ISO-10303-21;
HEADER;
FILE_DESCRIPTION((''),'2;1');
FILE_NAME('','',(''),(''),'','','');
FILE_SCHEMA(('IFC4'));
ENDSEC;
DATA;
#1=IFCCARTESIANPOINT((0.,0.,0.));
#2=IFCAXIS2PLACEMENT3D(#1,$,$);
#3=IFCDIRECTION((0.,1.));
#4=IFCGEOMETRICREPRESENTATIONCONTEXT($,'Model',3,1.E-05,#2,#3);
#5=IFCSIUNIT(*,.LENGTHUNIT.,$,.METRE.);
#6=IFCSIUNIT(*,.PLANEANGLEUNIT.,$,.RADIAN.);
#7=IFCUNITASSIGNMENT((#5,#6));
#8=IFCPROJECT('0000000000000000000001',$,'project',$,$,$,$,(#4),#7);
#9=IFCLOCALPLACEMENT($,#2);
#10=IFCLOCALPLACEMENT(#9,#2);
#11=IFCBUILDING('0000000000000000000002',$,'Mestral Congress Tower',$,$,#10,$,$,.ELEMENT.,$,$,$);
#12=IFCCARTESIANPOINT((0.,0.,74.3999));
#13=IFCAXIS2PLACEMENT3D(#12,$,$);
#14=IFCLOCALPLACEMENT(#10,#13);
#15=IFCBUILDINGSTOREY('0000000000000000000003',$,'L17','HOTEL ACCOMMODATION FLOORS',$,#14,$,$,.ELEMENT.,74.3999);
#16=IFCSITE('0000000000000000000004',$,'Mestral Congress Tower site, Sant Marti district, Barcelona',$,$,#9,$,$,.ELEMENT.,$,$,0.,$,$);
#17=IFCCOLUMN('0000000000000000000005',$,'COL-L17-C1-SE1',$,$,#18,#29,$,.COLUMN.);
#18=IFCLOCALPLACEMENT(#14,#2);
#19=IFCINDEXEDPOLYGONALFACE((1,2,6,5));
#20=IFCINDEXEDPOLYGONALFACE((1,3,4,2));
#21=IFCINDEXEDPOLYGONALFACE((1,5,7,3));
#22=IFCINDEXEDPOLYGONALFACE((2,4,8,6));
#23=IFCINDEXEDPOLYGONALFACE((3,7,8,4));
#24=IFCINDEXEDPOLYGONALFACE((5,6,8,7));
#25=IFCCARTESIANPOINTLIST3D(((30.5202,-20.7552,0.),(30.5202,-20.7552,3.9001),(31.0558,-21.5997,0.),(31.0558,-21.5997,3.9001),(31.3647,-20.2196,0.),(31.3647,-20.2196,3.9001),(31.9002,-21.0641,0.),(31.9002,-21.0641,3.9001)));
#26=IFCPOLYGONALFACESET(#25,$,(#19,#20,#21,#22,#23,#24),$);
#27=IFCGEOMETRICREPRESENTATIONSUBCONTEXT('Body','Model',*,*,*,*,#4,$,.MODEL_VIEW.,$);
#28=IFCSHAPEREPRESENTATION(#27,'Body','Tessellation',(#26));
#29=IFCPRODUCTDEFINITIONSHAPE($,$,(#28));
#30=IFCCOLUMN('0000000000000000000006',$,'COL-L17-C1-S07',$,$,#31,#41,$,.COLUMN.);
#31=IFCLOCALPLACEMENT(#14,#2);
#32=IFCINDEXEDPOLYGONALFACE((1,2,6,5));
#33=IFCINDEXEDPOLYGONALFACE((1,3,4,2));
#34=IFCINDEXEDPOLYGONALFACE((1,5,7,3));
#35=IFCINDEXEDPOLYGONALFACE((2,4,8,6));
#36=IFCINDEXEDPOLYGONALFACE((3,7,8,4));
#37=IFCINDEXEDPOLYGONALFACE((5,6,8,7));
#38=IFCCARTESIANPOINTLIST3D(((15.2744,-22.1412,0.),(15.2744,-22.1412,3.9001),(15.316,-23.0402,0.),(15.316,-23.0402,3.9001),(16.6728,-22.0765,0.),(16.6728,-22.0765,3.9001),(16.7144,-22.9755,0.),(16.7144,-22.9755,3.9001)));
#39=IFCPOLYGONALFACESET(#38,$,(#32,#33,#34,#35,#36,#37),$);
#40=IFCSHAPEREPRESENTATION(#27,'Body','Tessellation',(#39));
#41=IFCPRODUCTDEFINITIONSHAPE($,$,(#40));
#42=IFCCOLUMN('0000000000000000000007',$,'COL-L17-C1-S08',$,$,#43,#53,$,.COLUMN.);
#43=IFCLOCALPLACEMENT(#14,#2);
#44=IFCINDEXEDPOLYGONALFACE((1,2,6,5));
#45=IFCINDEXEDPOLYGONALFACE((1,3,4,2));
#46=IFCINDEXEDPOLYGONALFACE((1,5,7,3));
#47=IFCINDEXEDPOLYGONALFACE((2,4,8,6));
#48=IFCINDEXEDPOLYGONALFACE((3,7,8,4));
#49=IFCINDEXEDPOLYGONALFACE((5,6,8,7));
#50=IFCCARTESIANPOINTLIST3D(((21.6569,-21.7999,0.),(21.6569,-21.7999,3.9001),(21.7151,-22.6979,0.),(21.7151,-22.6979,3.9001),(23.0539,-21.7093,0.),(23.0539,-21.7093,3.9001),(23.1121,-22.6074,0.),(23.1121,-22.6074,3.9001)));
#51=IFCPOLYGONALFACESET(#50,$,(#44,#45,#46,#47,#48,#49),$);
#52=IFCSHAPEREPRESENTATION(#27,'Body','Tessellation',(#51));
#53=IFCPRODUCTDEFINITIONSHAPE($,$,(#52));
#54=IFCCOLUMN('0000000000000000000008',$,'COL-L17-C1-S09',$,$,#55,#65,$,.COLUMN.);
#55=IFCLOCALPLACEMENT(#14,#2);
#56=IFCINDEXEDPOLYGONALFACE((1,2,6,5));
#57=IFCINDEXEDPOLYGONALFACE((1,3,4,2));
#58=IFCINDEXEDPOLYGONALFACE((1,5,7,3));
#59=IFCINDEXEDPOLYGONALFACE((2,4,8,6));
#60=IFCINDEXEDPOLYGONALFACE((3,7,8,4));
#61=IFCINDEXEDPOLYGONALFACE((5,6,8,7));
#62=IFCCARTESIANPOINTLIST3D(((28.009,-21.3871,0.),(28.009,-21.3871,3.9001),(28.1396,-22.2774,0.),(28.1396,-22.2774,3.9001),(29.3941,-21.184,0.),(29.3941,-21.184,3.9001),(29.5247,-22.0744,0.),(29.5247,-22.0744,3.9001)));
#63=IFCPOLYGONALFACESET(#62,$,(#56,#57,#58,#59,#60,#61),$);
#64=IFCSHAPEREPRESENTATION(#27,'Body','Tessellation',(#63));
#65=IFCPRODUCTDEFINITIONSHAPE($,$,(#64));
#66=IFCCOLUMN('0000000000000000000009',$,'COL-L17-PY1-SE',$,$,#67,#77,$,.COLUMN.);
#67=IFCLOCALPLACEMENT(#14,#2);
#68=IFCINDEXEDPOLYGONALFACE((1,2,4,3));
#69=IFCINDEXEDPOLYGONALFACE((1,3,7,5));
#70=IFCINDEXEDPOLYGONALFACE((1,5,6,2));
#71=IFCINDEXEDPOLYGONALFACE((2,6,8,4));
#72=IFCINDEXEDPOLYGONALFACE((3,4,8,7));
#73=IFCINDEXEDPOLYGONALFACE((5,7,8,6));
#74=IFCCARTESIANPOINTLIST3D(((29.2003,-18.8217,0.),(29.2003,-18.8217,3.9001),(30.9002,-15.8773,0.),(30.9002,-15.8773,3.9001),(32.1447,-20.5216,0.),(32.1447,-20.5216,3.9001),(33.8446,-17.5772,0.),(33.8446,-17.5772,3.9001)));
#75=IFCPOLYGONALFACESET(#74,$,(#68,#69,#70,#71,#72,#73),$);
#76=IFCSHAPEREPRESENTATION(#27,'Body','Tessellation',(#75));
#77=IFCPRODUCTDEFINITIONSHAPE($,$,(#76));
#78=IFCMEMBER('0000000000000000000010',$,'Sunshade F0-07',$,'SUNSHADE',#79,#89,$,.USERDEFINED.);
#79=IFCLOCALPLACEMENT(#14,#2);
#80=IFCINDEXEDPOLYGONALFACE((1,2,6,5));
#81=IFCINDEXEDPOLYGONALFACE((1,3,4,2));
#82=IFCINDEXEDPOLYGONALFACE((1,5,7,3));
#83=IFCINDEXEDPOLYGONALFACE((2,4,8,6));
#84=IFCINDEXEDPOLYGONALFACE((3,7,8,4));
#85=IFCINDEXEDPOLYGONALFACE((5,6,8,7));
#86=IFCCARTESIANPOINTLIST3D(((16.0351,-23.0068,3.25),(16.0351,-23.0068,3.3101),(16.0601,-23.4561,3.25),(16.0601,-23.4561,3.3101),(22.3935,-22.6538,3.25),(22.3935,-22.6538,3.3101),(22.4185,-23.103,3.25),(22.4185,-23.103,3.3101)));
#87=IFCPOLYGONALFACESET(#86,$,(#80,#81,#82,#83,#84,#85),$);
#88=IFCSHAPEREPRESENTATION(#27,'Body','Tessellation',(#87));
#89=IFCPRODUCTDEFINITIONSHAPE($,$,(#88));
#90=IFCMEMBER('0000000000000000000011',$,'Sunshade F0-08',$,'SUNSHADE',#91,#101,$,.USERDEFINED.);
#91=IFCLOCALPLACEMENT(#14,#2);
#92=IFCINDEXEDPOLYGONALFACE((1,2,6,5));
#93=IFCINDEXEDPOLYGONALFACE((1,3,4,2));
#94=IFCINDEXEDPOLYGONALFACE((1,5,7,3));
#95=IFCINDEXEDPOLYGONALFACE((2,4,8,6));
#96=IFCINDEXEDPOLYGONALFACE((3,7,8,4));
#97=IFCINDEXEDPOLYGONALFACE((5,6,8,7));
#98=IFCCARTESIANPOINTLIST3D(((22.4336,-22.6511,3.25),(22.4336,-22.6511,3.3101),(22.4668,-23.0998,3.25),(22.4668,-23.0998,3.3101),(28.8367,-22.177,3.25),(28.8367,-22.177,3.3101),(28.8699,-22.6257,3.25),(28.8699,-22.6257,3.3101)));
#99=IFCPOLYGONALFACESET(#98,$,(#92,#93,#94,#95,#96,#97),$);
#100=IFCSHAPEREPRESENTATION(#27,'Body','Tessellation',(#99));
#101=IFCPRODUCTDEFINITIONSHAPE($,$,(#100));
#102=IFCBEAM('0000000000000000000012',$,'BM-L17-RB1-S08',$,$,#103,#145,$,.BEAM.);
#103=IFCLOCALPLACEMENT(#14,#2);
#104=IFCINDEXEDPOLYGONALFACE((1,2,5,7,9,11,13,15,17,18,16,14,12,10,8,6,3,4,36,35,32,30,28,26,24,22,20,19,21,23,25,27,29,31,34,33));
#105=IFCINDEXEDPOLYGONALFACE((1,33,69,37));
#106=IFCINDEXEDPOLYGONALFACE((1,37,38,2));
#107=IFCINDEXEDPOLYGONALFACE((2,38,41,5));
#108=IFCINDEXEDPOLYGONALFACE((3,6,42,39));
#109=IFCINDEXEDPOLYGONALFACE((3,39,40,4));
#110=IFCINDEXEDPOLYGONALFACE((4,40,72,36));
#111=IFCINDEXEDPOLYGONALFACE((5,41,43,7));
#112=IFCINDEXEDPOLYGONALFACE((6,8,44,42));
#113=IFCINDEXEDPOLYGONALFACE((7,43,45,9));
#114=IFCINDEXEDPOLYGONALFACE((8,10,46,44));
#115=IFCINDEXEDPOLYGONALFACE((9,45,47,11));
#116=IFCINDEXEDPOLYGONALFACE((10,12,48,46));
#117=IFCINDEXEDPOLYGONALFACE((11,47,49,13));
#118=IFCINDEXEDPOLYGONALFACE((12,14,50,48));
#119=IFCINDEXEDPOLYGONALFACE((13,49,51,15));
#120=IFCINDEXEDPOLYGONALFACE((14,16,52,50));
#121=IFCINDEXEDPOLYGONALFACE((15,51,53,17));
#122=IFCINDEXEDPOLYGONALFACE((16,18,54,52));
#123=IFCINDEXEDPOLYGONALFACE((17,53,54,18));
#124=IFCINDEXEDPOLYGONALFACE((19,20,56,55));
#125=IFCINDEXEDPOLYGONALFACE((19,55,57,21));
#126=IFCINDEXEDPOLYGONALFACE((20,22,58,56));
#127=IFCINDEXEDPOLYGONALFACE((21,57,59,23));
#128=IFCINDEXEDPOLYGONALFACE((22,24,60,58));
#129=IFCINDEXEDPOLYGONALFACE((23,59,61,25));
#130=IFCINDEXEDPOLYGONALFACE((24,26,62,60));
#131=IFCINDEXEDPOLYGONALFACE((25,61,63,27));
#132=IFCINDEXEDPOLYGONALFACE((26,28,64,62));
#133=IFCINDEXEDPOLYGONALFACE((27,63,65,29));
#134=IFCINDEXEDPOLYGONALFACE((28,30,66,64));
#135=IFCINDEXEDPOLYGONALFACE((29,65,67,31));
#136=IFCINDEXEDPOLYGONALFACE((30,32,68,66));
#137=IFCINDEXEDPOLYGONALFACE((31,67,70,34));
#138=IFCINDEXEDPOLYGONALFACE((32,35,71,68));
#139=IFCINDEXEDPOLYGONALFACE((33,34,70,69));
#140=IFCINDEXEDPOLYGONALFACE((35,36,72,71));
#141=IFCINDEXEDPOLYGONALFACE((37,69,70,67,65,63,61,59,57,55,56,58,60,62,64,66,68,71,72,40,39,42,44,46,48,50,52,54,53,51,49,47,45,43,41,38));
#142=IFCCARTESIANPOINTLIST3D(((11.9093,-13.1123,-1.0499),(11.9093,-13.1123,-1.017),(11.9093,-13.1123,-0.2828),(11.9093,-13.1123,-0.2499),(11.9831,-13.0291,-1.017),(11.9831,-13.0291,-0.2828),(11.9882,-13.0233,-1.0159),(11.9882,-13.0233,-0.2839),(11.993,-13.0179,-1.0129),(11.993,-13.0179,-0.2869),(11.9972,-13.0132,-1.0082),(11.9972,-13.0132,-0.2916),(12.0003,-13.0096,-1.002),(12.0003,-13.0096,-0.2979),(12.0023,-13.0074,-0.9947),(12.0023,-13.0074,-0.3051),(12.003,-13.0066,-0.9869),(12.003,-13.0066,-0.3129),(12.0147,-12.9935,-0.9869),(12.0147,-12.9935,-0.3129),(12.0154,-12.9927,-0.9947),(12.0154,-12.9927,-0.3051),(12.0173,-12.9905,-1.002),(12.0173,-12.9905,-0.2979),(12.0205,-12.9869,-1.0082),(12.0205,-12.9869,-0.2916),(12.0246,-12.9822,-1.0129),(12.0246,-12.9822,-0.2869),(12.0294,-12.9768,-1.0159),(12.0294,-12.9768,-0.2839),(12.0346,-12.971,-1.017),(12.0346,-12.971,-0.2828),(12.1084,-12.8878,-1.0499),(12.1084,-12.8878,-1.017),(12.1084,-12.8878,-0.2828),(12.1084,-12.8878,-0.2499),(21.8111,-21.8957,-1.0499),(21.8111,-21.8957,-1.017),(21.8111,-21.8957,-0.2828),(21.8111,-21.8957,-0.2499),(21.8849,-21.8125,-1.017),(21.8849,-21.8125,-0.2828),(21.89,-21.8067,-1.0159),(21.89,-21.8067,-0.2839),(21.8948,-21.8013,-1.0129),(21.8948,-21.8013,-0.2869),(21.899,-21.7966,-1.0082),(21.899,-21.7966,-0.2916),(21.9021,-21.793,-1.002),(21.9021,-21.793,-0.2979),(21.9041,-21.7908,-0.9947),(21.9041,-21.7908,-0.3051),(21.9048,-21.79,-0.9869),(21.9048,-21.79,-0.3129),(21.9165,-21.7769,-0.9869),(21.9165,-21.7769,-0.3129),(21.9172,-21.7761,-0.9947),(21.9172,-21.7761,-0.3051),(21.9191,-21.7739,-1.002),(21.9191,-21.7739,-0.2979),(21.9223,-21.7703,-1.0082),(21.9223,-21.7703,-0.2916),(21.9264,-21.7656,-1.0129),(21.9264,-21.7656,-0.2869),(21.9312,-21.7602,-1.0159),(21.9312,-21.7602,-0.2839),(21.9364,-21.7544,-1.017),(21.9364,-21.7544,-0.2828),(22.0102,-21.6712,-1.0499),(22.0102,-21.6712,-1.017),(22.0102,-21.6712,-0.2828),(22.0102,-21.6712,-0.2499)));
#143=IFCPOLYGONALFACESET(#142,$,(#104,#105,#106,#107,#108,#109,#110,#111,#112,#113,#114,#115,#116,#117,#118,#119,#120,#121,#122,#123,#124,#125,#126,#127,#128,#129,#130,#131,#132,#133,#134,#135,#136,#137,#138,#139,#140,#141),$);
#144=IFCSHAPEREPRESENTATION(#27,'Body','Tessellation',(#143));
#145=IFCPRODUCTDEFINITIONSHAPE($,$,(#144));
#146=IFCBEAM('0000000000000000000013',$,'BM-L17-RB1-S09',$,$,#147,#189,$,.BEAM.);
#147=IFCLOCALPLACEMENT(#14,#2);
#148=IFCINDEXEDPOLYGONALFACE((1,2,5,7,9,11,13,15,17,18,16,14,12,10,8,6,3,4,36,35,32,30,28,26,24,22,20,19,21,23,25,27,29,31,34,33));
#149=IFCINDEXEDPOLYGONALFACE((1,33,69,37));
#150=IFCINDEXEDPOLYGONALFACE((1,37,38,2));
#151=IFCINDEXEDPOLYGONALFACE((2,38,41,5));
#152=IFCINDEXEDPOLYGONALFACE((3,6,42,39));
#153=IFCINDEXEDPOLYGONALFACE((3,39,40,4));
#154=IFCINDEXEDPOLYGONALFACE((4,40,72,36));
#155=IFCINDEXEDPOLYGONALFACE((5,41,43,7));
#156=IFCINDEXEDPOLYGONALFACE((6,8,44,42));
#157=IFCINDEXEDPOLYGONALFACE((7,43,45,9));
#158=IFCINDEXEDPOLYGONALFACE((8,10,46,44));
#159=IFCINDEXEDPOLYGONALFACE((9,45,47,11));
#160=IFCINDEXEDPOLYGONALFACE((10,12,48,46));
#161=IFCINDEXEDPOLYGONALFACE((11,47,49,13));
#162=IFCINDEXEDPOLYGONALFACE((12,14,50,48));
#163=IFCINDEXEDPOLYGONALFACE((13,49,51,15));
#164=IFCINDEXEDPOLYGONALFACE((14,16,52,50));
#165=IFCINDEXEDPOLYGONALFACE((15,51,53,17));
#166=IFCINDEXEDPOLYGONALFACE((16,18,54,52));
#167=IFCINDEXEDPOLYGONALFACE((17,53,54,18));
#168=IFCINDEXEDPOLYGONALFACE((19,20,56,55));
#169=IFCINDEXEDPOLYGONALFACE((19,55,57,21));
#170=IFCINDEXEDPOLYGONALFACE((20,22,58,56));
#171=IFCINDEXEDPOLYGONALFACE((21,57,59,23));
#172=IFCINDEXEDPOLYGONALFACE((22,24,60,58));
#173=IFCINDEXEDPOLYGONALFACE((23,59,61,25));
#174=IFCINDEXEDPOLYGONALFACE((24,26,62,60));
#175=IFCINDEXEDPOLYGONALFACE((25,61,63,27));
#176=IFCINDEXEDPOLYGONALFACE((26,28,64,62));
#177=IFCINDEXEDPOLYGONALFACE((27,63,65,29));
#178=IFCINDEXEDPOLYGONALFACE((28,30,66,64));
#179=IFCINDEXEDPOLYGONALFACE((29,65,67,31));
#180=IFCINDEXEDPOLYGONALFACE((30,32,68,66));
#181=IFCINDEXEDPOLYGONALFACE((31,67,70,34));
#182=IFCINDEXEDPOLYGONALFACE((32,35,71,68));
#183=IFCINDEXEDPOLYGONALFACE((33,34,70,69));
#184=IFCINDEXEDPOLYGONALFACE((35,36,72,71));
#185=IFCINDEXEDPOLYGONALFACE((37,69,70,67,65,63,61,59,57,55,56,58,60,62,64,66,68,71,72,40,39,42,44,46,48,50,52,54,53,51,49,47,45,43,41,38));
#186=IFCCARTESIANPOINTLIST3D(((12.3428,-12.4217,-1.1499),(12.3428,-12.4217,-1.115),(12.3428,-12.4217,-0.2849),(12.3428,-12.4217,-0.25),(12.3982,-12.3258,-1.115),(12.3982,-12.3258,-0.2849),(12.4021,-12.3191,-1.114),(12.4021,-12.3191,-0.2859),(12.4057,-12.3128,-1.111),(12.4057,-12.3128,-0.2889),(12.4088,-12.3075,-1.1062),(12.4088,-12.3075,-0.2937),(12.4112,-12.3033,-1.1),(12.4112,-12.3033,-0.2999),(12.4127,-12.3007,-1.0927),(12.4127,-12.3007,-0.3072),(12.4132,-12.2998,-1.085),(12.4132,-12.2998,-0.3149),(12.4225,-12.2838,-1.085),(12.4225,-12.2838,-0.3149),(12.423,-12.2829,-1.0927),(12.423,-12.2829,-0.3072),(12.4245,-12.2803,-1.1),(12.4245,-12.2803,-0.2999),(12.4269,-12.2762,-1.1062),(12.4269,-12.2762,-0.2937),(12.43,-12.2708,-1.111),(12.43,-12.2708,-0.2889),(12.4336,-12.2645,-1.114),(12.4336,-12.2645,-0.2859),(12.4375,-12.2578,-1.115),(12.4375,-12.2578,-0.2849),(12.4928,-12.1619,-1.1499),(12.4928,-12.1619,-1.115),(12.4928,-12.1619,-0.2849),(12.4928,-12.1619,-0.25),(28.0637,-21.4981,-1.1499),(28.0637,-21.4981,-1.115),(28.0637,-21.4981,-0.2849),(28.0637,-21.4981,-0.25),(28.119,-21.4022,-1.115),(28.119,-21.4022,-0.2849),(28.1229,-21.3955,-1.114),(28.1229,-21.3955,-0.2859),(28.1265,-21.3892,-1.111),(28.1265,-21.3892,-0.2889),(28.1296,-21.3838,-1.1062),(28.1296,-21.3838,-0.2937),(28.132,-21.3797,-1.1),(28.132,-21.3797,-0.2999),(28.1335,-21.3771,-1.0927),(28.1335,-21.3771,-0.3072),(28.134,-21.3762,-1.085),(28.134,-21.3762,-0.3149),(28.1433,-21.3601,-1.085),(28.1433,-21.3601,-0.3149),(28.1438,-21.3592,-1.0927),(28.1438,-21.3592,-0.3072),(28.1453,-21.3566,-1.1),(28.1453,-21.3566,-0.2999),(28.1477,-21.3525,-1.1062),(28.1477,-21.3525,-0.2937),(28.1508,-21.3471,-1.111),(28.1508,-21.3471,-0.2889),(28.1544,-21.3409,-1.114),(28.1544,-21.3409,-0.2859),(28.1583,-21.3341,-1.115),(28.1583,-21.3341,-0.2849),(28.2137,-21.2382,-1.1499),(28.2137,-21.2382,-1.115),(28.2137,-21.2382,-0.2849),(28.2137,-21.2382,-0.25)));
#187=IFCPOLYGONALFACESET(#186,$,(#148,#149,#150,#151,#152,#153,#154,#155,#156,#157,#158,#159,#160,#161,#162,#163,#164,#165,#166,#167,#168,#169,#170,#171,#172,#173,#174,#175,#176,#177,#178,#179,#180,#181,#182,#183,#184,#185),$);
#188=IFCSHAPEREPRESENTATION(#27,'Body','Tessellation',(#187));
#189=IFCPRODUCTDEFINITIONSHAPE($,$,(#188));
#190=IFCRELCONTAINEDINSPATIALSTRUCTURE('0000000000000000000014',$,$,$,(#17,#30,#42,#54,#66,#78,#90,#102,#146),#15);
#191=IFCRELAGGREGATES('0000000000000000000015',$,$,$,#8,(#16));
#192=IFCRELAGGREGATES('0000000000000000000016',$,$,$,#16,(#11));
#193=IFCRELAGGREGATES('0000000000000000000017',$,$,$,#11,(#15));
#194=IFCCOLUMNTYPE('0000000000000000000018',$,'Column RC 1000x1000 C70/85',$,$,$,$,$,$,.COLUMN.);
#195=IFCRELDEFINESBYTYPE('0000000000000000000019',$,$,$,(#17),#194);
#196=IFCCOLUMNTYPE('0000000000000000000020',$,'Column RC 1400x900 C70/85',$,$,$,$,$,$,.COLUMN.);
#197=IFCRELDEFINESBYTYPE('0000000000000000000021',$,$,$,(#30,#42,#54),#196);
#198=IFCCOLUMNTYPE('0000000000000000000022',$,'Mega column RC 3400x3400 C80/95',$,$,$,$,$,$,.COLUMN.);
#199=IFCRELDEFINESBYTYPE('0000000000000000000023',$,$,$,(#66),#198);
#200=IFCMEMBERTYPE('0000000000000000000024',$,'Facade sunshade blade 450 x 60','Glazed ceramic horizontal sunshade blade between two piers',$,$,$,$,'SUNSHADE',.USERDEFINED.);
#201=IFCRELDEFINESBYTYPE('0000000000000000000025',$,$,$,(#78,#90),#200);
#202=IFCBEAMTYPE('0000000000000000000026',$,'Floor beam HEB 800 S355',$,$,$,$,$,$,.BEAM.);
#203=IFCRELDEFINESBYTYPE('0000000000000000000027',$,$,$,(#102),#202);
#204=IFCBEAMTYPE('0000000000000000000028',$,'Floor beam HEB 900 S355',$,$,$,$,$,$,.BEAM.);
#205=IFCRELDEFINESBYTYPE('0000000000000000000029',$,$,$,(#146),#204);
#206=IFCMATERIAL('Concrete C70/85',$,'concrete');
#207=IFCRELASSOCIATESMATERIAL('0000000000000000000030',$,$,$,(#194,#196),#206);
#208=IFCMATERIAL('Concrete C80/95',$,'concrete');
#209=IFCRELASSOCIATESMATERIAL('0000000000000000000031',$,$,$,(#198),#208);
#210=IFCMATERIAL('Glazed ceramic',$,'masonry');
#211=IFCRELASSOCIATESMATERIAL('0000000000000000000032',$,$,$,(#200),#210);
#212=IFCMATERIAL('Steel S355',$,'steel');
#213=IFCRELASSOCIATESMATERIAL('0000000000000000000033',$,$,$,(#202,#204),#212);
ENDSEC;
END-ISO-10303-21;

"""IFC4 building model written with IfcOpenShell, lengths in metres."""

from ifc_helpers import new_model, si_unit, direction, frame, origin, origin_2d, place, context, subcontext, project, spatial, rectangle, i_section, extrude, material, material_profile, profile_set, type_object, element, save


model = new_model("IFC4")

# Units and contexts
model_context = context("Model", 3, precision=1e-05, world=origin(), true_north=direction((0.0, 1.0)))
body_context = subcontext(model_context, "Body", "Model", "MODEL_VIEW")
ifc_project = project(units=[si_unit("LENGTHUNIT", "METRE"), si_unit("PLANEANGLEUNIT", "RADIAN")], contexts=[model_context])

# Site, building, storey
site_placement = place(None, origin())
site = spatial("IfcSite", under=ifc_project, at=site_placement, Name="Mestral Congress Tower site, Sant Marti district, Barcelona", CompositionType="ELEMENT", RefElevation=0.0)
building_placement = place(site_placement, origin())
building = spatial("IfcBuilding", under=site, at=building_placement, Name="Mestral Congress Tower", CompositionType="ELEMENT")
storey_placement = place(building_placement, frame((0.0, 0.0, 74.3999)))
storey = spatial("IfcBuildingStorey", under=building, at=storey_placement, Name="L17", Description="HOTEL ACCOMMODATION FLOORS", CompositionType="ELEMENT", Elevation=74.3999)

# Columns
ifc_material_1 = material(Name="Concrete C70/85", Category="concrete")
ifc_material_profile_1 = material_profile(ifc_material_1, rectangle(XDim=1.0, YDim=1.0, at=origin_2d()), Name="RC 1000x1000")
ifc_profile_set_1 = profile_set([ifc_material_profile_1], Name="Concrete C70/85")
column_type_1 = type_object("IfcColumnType", Name="Column RC 1000x1000 C70/85", PredefinedType="COLUMN", material=ifc_profile_set_1)
column_1_placement = place(storey_placement, frame((31.2102, -20.9097, 0.0), z_axis=(0.0, 0.0, 1.0), x_axis=(0.844485, 0.535579, 0.0)))
element("IfcColumn", 1, at=column_1_placement, inside=storey, type_object=column_type_1, Name="COL-L17-C1-SE1", PredefinedType="COLUMN", context=body_context, shape_type="SweptSolid", body=[
    extrude(rectangle(XDim=1.0, YDim=1.0, at=origin_2d()), origin(), (0.0, 0.0, 1.0), 3.9001),
])
ifc_material_profile_2 = material_profile(ifc_material_1, rectangle(XDim=1.3999, YDim=0.8999, at=origin_2d()), Name="RC 1400x900")
ifc_profile_set_2 = profile_set([ifc_material_profile_2], Name="Concrete C70/85")
column_type_2 = type_object("IfcColumnType", Name="Column RC 1400x900 C70/85", PredefinedType="COLUMN", material=ifc_profile_set_2)
for number, where, z_axis, x_axis, name in (
    (2, (15.9944, -22.5583, 0.0), (0.0, 0.0, 1.0), (0.998932, 0.0462, 0.0), "COL-L17-C1-S07"),
    (3, (22.3845, -22.2036, 0.0), (0.0, 0.0, 1.0), (0.997908, 0.064658, 0.0), "COL-L17-C1-S08"),
    (4, (28.7668, -21.7307, 0.0), (0.0, 0.0, 1.0), (0.989424, 0.145056, 0.0), "COL-L17-C1-S09"),
):
    element("IfcColumn", number, at=place(storey_placement, frame(where, z_axis=z_axis, x_axis=x_axis)), inside=storey, type_object=column_type_2, Name=name, PredefinedType="COLUMN", context=body_context, shape_type="SweptSolid", body=[
        extrude(rectangle(XDim=1.3999, YDim=0.8999, at=origin_2d()), origin(), (0.0, 0.0, 1.0), 3.9001),
    ])
ifc_material_2 = material(Name="Concrete C80/95", Category="concrete")
ifc_material_profile_3 = material_profile(ifc_material_2, rectangle(XDim=3.3999, YDim=3.3999, at=origin_2d()), Name="RC 3400x3400")
ifc_profile_set_3 = profile_set([ifc_material_profile_3], Name="Concrete C80/95")
column_type_3 = type_object("IfcColumnType", Name="Mega column RC 3400x3400 C80/95", PredefinedType="COLUMN", material=ifc_profile_set_3)
column_2_placement = place(storey_placement, frame((31.5225, -18.1995, 0.0), z_axis=(0.0, 0.0, 1.0), x_axis=(0.866025, -0.5, 0.0)))
element("IfcColumn", 5, at=column_2_placement, inside=storey, type_object=column_type_3, Name="COL-L17-PY1-SE", PredefinedType="COLUMN", context=body_context, shape_type="SweptSolid", body=[
    extrude(rectangle(XDim=3.3999, YDim=3.3999, at=origin_2d()), origin(), (0.0, 0.0, 1.0), 3.9001),
])

# Members
ifc_material_3 = material(Name="Glazed ceramic", Category="masonry")
ifc_material_profile_4 = material_profile(ifc_material_3, rectangle(XDim=0.45, YDim=0.0601, at=origin_2d()), Name="Ceramic blade 450 x 60")
ifc_profile_set_4 = profile_set([ifc_material_profile_4], Name="Glazed ceramic")
member_type = type_object("IfcMemberType", Name="Facade sunshade blade 450 x 60", Description="Glazed ceramic horizontal sunshade blade between two piers", ElementType="SUNSHADE", PredefinedType="USERDEFINED", material=ifc_profile_set_4)
member_1_placement = place(storey_placement, frame((16.0476, -23.2314, 3.28), z_axis=(0.998462, 0.055436, 0.0), x_axis=(-0.055436, 0.998462, 0.0)))
element("IfcMember", 6, at=member_1_placement, inside=storey, type_object=member_type, Name="Sunshade F0-07", ObjectType="SUNSHADE", PredefinedType="USERDEFINED", context=body_context, shape_type="SweptSolid", body=[
    extrude(rectangle(XDim=0.45, YDim=0.0601, at=origin_2d()), origin(), (0.0, 0.0, 1.0), 6.3682),
])
member_2_placement = place(storey_placement, frame((22.4502, -22.8755, 3.28), z_axis=(0.99727, 0.073844, 0.0), x_axis=(-0.073844, 0.99727, 0.0)))
element("IfcMember", 7, at=member_2_placement, inside=storey, type_object=member_type, Name="Sunshade F0-08", ObjectType="SUNSHADE", PredefinedType="USERDEFINED", context=body_context, shape_type="SweptSolid", body=[
    extrude(rectangle(XDim=0.45, YDim=0.0601, at=origin_2d()), origin(), (0.0, 0.0, 1.0), 6.4207),
])

# Beams
ifc_material_4 = material(Name="Steel S355", Category="steel")
ifc_material_profile_5 = material_profile(ifc_material_4, i_section(OverallWidth=0.3, OverallDepth=0.8, WebThickness=0.0176, FlangeThickness=0.033, FilletRadius=0.03, at=origin_2d()), Name="HEB 800")
ifc_profile_set_5 = profile_set([ifc_material_profile_5], Name="Steel S355")
beam_type_1 = type_object("IfcBeamType", Name="Floor beam HEB 800 S355", PredefinedType="BEAM", material=ifc_profile_set_5)
beam_1_placement = place(storey_placement, frame((21.9106, -21.7834, -0.6499), z_axis=(-0.748092, 0.663595, 0.0), x_axis=(-0.663595, -0.748092, 0.0)))
element("IfcBeam", 8, at=beam_1_placement, inside=storey, type_object=beam_type_1, Name="BM-L17-RB1-S08", PredefinedType="BEAM", context=body_context, shape_type="SweptSolid", body=[
    extrude(i_section(OverallWidth=0.3, OverallDepth=0.8, WebThickness=0.0176, FlangeThickness=0.033, FilletRadius=0.03, at=origin_2d()), origin(), (0.0, 0.0, 1.0), 13.2361),
])
ifc_material_profile_6 = material_profile(ifc_material_4, i_section(OverallWidth=0.3, OverallDepth=0.8999, WebThickness=0.0186, FlangeThickness=0.0349, FilletRadius=0.03, at=origin_2d()), Name="HEB 900")
ifc_profile_set_6 = profile_set([ifc_material_profile_6], Name="Steel S355")
beam_type_2 = type_object("IfcBeamType", Name="Floor beam HEB 900 S355", PredefinedType="BEAM", material=ifc_profile_set_6)
beam_2_placement = place(storey_placement, frame((28.1387, -21.3682, -0.7), z_axis=(-0.866027, 0.499997, 0.0), x_axis=(-0.499997, -0.866027, 0.0)))
element("IfcBeam", 9, at=beam_2_placement, inside=storey, type_object=beam_type_2, Name="BM-L17-RB1-S09", PredefinedType="BEAM", context=body_context, shape_type="SweptSolid", body=[
    extrude(i_section(OverallWidth=0.3, OverallDepth=0.8999, WebThickness=0.0186, FlangeThickness=0.0349, FilletRadius=0.03, at=origin_2d()), origin(), (0.0, 0.0, 1.0), 18.1528),
])

save(model, "model.ifc")
